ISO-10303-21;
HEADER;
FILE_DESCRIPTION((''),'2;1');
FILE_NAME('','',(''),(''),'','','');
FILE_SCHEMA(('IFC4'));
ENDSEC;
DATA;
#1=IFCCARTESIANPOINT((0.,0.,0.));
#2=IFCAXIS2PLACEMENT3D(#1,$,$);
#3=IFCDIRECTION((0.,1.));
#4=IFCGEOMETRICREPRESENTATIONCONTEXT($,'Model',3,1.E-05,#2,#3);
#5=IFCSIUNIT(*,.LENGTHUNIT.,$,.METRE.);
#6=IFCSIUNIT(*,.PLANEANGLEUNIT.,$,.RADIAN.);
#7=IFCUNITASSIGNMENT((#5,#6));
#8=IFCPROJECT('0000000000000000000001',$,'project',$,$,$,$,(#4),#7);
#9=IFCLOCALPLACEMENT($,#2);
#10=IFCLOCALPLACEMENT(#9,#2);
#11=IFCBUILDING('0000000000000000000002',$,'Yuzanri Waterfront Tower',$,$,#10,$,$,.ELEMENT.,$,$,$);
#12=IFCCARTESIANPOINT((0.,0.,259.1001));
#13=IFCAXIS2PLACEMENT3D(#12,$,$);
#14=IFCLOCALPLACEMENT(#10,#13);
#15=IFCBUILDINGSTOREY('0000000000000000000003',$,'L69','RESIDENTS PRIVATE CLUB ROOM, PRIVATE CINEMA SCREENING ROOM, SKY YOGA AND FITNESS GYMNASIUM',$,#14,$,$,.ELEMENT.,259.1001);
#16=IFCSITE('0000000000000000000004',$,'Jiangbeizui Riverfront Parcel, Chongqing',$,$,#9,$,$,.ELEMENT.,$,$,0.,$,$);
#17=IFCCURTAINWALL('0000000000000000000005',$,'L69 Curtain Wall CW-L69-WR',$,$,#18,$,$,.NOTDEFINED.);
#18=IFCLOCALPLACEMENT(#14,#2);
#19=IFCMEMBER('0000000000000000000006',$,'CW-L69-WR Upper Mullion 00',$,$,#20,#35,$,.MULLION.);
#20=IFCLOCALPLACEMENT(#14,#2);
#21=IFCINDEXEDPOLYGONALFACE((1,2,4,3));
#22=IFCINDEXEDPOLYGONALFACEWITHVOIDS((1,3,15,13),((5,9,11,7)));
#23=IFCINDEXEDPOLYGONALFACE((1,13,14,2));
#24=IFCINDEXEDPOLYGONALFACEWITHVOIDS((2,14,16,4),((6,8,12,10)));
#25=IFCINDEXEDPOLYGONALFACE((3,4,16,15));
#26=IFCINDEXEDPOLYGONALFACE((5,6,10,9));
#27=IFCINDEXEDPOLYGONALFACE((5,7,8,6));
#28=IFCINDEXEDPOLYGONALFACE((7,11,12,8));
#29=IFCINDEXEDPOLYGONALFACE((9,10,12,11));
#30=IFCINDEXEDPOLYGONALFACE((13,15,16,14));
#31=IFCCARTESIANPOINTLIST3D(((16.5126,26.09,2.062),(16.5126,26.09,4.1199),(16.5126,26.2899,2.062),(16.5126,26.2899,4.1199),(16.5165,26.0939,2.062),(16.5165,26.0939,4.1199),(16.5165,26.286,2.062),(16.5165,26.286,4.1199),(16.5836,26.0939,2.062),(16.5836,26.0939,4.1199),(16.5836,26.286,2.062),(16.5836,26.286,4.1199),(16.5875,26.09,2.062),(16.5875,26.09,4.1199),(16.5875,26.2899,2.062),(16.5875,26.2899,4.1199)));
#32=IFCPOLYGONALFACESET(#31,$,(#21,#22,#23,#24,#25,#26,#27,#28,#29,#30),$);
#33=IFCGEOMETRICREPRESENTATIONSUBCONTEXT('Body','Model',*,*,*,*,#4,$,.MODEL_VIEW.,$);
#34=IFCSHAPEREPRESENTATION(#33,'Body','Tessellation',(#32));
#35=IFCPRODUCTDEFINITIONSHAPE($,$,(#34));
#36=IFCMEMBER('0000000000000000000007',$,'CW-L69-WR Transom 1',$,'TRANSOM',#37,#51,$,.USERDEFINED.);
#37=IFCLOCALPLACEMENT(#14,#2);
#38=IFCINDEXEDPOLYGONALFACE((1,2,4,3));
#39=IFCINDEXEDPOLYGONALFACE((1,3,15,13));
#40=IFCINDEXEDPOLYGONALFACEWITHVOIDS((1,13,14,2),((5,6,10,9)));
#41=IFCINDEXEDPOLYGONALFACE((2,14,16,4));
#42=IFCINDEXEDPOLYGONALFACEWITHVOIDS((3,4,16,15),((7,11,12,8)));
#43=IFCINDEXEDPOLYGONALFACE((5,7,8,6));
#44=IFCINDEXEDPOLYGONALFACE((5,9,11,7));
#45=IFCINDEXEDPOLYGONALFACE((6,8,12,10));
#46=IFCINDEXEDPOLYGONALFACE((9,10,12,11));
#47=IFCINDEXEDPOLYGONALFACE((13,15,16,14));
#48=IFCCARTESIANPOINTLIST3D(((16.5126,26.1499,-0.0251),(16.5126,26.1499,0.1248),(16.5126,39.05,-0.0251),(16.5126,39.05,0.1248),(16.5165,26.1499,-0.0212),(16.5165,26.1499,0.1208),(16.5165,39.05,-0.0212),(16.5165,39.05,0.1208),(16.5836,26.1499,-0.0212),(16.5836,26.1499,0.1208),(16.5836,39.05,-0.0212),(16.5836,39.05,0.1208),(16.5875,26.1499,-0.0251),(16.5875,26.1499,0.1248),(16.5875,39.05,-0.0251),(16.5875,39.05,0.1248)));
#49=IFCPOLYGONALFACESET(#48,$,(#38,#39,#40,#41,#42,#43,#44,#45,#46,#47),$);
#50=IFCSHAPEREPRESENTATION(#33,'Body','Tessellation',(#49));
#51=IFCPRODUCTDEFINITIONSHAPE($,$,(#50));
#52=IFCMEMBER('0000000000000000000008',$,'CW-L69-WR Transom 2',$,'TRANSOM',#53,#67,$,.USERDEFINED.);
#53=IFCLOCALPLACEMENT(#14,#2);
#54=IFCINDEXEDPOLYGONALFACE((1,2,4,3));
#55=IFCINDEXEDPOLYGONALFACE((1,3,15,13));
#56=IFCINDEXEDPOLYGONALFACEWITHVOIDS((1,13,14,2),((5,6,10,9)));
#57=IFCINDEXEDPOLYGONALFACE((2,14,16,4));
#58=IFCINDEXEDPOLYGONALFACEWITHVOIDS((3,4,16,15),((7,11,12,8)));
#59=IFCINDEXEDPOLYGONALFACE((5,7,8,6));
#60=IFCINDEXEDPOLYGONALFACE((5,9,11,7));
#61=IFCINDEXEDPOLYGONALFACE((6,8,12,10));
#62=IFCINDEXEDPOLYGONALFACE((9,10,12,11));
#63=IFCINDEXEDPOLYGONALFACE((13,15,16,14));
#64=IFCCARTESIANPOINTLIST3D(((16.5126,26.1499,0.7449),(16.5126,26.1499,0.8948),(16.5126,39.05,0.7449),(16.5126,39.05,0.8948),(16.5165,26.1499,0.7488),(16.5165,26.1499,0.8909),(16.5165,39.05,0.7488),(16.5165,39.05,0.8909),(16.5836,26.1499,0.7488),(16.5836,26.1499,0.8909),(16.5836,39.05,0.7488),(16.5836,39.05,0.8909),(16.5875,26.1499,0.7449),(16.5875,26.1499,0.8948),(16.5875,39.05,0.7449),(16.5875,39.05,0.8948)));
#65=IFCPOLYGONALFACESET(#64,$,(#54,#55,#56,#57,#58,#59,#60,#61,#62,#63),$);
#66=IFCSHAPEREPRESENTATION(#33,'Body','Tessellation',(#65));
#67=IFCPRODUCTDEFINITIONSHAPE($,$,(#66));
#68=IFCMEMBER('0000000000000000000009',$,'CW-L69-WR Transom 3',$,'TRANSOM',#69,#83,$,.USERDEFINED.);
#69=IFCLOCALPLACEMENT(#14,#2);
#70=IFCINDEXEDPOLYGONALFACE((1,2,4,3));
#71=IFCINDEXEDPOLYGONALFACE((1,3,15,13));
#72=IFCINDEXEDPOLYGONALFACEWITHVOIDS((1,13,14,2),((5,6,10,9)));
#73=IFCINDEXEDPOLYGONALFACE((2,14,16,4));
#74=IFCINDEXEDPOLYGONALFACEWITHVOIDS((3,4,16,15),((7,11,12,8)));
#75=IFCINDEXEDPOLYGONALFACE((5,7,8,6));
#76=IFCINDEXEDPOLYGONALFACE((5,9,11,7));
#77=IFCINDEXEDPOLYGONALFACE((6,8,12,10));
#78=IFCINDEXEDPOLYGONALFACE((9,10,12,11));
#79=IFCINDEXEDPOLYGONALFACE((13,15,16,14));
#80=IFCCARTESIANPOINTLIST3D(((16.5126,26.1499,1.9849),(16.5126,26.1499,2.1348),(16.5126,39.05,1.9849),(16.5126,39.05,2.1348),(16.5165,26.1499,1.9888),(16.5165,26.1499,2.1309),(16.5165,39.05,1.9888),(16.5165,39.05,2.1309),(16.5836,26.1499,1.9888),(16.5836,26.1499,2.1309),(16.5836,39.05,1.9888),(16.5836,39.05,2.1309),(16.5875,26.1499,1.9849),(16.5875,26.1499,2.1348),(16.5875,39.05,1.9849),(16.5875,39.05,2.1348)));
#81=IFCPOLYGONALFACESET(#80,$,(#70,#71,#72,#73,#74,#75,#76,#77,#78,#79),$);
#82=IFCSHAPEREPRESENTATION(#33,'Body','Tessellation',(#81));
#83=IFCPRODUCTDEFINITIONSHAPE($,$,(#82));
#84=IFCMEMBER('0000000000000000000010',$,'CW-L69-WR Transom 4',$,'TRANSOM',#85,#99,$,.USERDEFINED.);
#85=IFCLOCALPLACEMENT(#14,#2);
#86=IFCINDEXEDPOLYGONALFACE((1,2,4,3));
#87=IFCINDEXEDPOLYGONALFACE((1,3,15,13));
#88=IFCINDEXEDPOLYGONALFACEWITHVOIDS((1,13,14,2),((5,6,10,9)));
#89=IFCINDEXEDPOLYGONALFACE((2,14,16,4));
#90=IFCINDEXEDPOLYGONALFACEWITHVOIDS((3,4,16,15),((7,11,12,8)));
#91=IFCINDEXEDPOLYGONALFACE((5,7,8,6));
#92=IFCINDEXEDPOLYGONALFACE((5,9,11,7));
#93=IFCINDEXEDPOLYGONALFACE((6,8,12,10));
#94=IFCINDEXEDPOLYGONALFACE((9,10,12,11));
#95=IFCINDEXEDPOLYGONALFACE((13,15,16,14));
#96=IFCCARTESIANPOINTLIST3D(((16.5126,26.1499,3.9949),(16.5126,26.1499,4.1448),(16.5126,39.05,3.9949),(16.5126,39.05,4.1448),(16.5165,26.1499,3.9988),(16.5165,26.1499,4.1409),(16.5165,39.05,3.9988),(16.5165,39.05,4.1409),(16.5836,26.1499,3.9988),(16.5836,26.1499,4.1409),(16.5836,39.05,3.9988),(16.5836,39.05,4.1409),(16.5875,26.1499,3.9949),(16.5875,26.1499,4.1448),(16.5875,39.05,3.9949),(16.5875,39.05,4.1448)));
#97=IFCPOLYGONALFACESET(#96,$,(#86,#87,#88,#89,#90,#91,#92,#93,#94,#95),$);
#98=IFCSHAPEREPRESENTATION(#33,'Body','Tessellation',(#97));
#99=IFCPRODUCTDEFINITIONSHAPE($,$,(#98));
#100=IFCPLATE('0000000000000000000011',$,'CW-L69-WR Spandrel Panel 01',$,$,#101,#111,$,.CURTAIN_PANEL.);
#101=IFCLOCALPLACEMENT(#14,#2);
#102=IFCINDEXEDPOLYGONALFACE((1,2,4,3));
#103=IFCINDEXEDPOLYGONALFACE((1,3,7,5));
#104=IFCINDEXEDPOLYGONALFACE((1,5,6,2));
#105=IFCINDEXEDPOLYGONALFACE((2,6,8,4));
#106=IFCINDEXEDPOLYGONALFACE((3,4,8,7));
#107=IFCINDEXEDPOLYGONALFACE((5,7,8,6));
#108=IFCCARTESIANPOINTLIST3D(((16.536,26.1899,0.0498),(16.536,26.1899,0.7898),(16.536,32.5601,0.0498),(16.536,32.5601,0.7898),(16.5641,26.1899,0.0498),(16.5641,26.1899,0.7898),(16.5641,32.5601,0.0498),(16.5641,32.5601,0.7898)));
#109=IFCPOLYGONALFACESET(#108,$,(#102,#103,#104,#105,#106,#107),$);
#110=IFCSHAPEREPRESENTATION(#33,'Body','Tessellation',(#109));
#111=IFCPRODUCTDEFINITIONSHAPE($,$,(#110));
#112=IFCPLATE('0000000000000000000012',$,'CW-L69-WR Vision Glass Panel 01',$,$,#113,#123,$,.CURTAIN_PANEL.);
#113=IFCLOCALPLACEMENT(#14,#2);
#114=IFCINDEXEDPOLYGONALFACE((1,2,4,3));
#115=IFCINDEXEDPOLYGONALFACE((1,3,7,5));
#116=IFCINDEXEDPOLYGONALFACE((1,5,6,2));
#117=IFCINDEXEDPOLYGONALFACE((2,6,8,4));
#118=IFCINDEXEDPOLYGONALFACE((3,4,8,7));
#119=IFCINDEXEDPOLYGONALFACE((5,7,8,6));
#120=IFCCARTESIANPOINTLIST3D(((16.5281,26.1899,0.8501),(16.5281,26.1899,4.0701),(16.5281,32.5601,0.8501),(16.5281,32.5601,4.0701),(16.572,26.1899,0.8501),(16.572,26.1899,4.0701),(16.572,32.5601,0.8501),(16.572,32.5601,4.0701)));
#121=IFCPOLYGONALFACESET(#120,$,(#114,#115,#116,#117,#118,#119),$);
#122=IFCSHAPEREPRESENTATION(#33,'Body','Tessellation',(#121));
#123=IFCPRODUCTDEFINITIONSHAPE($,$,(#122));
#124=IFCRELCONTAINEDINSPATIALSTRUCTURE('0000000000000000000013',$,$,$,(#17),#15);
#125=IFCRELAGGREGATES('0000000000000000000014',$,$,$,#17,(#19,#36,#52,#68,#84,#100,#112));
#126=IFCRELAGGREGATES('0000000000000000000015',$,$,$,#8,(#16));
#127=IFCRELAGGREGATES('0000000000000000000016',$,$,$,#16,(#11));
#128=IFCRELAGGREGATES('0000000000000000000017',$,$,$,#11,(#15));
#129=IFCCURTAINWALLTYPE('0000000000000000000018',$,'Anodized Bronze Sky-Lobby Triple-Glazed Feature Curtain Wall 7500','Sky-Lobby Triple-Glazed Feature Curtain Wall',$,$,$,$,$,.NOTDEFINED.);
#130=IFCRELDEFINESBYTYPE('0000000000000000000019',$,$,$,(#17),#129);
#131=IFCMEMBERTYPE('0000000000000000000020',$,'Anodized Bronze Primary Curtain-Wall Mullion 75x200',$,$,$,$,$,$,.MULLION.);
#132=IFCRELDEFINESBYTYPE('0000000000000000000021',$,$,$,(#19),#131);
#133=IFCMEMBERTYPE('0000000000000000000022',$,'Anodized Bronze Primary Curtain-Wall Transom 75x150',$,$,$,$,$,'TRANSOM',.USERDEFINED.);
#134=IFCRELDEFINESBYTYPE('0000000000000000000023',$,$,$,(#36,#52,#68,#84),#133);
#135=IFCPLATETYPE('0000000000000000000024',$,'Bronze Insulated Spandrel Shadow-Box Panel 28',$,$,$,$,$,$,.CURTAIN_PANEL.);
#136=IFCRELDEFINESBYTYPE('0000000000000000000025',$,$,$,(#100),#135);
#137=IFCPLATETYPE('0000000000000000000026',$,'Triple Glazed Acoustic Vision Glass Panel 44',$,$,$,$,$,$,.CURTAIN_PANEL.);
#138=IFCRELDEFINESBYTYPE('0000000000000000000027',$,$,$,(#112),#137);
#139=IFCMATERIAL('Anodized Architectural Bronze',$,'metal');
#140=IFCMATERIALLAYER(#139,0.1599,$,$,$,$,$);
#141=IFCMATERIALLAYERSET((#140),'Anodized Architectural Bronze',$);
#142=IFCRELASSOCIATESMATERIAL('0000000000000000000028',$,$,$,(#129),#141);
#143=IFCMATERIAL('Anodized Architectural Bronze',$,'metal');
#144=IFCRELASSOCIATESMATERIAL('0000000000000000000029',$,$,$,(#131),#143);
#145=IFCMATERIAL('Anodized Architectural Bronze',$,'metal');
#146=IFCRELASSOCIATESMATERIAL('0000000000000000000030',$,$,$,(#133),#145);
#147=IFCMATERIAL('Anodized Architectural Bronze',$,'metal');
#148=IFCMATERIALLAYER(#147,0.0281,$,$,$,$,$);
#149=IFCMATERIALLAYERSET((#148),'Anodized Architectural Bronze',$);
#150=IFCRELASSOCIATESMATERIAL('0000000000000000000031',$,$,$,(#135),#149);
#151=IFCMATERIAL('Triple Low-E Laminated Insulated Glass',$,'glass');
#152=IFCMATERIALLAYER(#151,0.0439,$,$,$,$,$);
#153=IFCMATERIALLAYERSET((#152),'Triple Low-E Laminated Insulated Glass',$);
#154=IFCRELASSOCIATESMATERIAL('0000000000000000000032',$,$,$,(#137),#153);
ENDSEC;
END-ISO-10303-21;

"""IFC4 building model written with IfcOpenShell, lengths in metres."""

from ifc_helpers import new_model, si_unit, direction, frame, origin, origin_2d, place, context, subcontext, project, spatial, rectangle, hollow_rectangle, extrude, source, transform, mapped, material, layer, layer_set, material_profile, profile_set, type_object, element, aggregate, save


model = new_model("IFC4")

# Units and contexts
model_context = context("Model", 3, precision=1e-05, world=origin(), true_north=direction((0.0, 1.0)))
body_context = subcontext(model_context, "Body", "Model", "MODEL_VIEW")
ifc_project = project(units=[si_unit("LENGTHUNIT", "METRE"), si_unit("PLANEANGLEUNIT", "RADIAN")], contexts=[model_context])

# Site, building, storey
site_placement = place(None, origin())
site = spatial("IfcSite", under=ifc_project, at=site_placement, Name="Jiangbeizui Riverfront Parcel, Chongqing", CompositionType="ELEMENT", RefElevation=0.0)
building_placement = place(site_placement, origin())
building = spatial("IfcBuilding", under=site, at=building_placement, Name="Yuzanri Waterfront Tower", CompositionType="ELEMENT")
storey_placement = place(building_placement, frame((0.0, 0.0, 259.1001)))
storey = spatial("IfcBuildingStorey", under=building, at=storey_placement, Name="L69", Description="RESIDENTS PRIVATE CLUB ROOM, PRIVATE CINEMA SCREENING ROOM, SKY YOGA AND FITNESS GYMNASIUM", CompositionType="ELEMENT", Elevation=259.1001)

# Shared definitions
ifc_material_1 = material(Name="Anodized Architectural Bronze", Category="metal")
ifc_layer_1 = layer(ifc_material_1, 0.1599)
ifc_layer_set_1 = layer_set([ifc_layer_1], Name="Anodized Architectural Bronze")
curtain_wall_type = type_object("IfcCurtainWallType", Name="Anodized Bronze Sky-Lobby Triple-Glazed Feature Curtain Wall 7500", Description="Sky-Lobby Triple-Glazed Feature Curtain Wall", PredefinedType="NOTDEFINED", material=ifc_layer_set_1)
ifc_material_2 = material(Name="Anodized Architectural Bronze", Category="metal")
ifc_material_profile_1 = material_profile(ifc_material_2, hollow_rectangle(XDim=0.075, YDim=0.2, WallThickness=0.0039, at=origin_2d()), Name="CWM 75x200")
ifc_profile_set_1 = profile_set([ifc_material_profile_1], Name="Anodized Architectural Bronze")
member_type_1 = type_object("IfcMemberType", Name="Anodized Bronze Primary Curtain-Wall Mullion 75x200", PredefinedType="MULLION", material=ifc_profile_set_1)
shared_shape_1 = source(origin(), body_context, "Body", "SweptSolid", [
    extrude(hollow_rectangle(XDim=0.075, YDim=0.2, WallThickness=0.0039, at=origin_2d()), origin(), (0.0, 0.0, 1.0), 2.0579),
])

# Curtain wall, members, plates
curtain_wall_1_placement = place(storey_placement, origin())
curtain_wall_1 = element("IfcCurtainWall", 1, at=curtain_wall_1_placement, inside=storey, type_object=curtain_wall_type, Name="L69 Curtain Wall CW-L69-WR", PredefinedType="NOTDEFINED")
member_1_placement = place(storey_placement, frame((16.55, 26.1899, 2.062), z_axis=(0.0, 0.0, 1.0), x_axis=(1.0, 0.0, 0.0)))
member_1 = element("IfcMember", 2, at=member_1_placement, type_object=member_type_1, Name="CW-L69-WR Upper Mullion 00", PredefinedType="MULLION", context=body_context, shape_type="MappedRepresentation", body=[
    mapped(shared_shape_1, transform((0.0, 0.0, 0.0), scale=1.0)),
])
ifc_material_3 = material(Name="Anodized Architectural Bronze", Category="metal")
ifc_material_profile_2 = material_profile(ifc_material_3, hollow_rectangle(XDim=0.075, YDim=0.1499, WallThickness=0.0039, at=origin_2d()), Name="CWT 75x150")
ifc_profile_set_2 = profile_set([ifc_material_profile_2], Name="Anodized Architectural Bronze")
member_type_2 = type_object("IfcMemberType", Name="Anodized Bronze Primary Curtain-Wall Transom 75x150", ElementType="TRANSOM", PredefinedType="USERDEFINED", material=ifc_profile_set_2)
shared_shape_2 = source(origin(), body_context, "Body", "SweptSolid", [
    extrude(hollow_rectangle(XDim=0.075, YDim=0.1499, WallThickness=0.0039, at=origin_2d()), origin(), (0.0, 0.0, 1.0), 12.9001),
])
member_2_placement = place(storey_placement, frame((16.55, 26.1499, 0.0498), z_axis=(0.0, 1.0, 0.0), x_axis=(-1.0, 0.0, 0.0)))
member_2 = element("IfcMember", 3, at=member_2_placement, type_object=member_type_2, Name="CW-L69-WR Transom 1", ObjectType="TRANSOM", PredefinedType="USERDEFINED", context=body_context, shape_type="MappedRepresentation", body=[
    mapped(shared_shape_2, transform((0.0, 0.0, 0.0), scale=1.0)),
])
member_3_placement = place(storey_placement, frame((16.55, 26.1499, 0.8198), z_axis=(0.0, 1.0, 0.0), x_axis=(-1.0, 0.0, 0.0)))
member_3 = element("IfcMember", 4, at=member_3_placement, type_object=member_type_2, Name="CW-L69-WR Transom 2", ObjectType="TRANSOM", PredefinedType="USERDEFINED", context=body_context, shape_type="MappedRepresentation", body=[
    mapped(shared_shape_2, transform((0.0, 0.0, 0.0), scale=1.0)),
])
member_4_placement = place(storey_placement, frame((16.55, 26.1499, 2.0598), z_axis=(0.0, 1.0, 0.0), x_axis=(-1.0, 0.0, 0.0)))
member_4 = element("IfcMember", 5, at=member_4_placement, type_object=member_type_2, Name="CW-L69-WR Transom 3", ObjectType="TRANSOM", PredefinedType="USERDEFINED", context=body_context, shape_type="MappedRepresentation", body=[
    mapped(shared_shape_2, transform((0.0, 0.0, 0.0), scale=1.0)),
])
member_5_placement = place(storey_placement, frame((16.55, 26.1499, 4.0698), z_axis=(0.0, 1.0, 0.0), x_axis=(-1.0, 0.0, 0.0)))
member_5 = element("IfcMember", 6, at=member_5_placement, type_object=member_type_2, Name="CW-L69-WR Transom 4", ObjectType="TRANSOM", PredefinedType="USERDEFINED", context=body_context, shape_type="MappedRepresentation", body=[
    mapped(shared_shape_2, transform((0.0, 0.0, 0.0), scale=1.0)),
])
ifc_material_4 = material(Name="Anodized Architectural Bronze", Category="metal")
ifc_layer_2 = layer(ifc_material_4, 0.0281)
ifc_layer_set_2 = layer_set([ifc_layer_2], Name="Anodized Architectural Bronze")
plate_type_1 = type_object("IfcPlateType", Name="Bronze Insulated Spandrel Shadow-Box Panel 28", PredefinedType="CURTAIN_PANEL", material=ifc_layer_set_2)
shared_shape_3 = source(origin(), body_context, "Body", "SweptSolid", [
    extrude(rectangle(XDim=6.3701, YDim=0.0281, at=origin_2d()), origin(), (0.0, 0.0, 1.0), 0.74),
])
plate_1_placement = place(storey_placement, frame((16.55, 29.375, 0.0498), z_axis=(0.0, 0.0, 1.0), x_axis=(0.0, 1.0, 0.0)))
plate_1 = element("IfcPlate", 7, at=plate_1_placement, type_object=plate_type_1, Name="CW-L69-WR Spandrel Panel 01", PredefinedType="CURTAIN_PANEL", context=body_context, shape_type="MappedRepresentation", body=[
    mapped(shared_shape_3, transform((0.0, 0.0, 0.0), scale=1.0)),
])
ifc_material_5 = material(Name="Triple Low-E Laminated Insulated Glass", Category="glass")
ifc_layer_3 = layer(ifc_material_5, 0.0439)
ifc_layer_set_3 = layer_set([ifc_layer_3], Name="Triple Low-E Laminated Insulated Glass")
plate_type_2 = type_object("IfcPlateType", Name="Triple Glazed Acoustic Vision Glass Panel 44", PredefinedType="CURTAIN_PANEL", material=ifc_layer_set_3)
shared_shape_4 = source(origin(), body_context, "Body", "SweptSolid", [
    extrude(rectangle(XDim=6.3701, YDim=0.0439, at=origin_2d()), origin(), (0.0, 0.0, 1.0), 3.22),
])
plate_2_placement = place(storey_placement, frame((16.55, 29.375, 0.8501), z_axis=(0.0, 0.0, 1.0), x_axis=(0.0, 1.0, 0.0)))
plate_2 = element("IfcPlate", 8, at=plate_2_placement, type_object=plate_type_2, Name="CW-L69-WR Vision Glass Panel 01", PredefinedType="CURTAIN_PANEL", context=body_context, shape_type="MappedRepresentation", body=[
    mapped(shared_shape_4, transform((0.0, 0.0, 0.0), scale=1.0)),
])
aggregate(curtain_wall_1, [member_1, member_2, member_3, member_4, member_5, plate_1, plate_2])

save(model, "model.ifc")
